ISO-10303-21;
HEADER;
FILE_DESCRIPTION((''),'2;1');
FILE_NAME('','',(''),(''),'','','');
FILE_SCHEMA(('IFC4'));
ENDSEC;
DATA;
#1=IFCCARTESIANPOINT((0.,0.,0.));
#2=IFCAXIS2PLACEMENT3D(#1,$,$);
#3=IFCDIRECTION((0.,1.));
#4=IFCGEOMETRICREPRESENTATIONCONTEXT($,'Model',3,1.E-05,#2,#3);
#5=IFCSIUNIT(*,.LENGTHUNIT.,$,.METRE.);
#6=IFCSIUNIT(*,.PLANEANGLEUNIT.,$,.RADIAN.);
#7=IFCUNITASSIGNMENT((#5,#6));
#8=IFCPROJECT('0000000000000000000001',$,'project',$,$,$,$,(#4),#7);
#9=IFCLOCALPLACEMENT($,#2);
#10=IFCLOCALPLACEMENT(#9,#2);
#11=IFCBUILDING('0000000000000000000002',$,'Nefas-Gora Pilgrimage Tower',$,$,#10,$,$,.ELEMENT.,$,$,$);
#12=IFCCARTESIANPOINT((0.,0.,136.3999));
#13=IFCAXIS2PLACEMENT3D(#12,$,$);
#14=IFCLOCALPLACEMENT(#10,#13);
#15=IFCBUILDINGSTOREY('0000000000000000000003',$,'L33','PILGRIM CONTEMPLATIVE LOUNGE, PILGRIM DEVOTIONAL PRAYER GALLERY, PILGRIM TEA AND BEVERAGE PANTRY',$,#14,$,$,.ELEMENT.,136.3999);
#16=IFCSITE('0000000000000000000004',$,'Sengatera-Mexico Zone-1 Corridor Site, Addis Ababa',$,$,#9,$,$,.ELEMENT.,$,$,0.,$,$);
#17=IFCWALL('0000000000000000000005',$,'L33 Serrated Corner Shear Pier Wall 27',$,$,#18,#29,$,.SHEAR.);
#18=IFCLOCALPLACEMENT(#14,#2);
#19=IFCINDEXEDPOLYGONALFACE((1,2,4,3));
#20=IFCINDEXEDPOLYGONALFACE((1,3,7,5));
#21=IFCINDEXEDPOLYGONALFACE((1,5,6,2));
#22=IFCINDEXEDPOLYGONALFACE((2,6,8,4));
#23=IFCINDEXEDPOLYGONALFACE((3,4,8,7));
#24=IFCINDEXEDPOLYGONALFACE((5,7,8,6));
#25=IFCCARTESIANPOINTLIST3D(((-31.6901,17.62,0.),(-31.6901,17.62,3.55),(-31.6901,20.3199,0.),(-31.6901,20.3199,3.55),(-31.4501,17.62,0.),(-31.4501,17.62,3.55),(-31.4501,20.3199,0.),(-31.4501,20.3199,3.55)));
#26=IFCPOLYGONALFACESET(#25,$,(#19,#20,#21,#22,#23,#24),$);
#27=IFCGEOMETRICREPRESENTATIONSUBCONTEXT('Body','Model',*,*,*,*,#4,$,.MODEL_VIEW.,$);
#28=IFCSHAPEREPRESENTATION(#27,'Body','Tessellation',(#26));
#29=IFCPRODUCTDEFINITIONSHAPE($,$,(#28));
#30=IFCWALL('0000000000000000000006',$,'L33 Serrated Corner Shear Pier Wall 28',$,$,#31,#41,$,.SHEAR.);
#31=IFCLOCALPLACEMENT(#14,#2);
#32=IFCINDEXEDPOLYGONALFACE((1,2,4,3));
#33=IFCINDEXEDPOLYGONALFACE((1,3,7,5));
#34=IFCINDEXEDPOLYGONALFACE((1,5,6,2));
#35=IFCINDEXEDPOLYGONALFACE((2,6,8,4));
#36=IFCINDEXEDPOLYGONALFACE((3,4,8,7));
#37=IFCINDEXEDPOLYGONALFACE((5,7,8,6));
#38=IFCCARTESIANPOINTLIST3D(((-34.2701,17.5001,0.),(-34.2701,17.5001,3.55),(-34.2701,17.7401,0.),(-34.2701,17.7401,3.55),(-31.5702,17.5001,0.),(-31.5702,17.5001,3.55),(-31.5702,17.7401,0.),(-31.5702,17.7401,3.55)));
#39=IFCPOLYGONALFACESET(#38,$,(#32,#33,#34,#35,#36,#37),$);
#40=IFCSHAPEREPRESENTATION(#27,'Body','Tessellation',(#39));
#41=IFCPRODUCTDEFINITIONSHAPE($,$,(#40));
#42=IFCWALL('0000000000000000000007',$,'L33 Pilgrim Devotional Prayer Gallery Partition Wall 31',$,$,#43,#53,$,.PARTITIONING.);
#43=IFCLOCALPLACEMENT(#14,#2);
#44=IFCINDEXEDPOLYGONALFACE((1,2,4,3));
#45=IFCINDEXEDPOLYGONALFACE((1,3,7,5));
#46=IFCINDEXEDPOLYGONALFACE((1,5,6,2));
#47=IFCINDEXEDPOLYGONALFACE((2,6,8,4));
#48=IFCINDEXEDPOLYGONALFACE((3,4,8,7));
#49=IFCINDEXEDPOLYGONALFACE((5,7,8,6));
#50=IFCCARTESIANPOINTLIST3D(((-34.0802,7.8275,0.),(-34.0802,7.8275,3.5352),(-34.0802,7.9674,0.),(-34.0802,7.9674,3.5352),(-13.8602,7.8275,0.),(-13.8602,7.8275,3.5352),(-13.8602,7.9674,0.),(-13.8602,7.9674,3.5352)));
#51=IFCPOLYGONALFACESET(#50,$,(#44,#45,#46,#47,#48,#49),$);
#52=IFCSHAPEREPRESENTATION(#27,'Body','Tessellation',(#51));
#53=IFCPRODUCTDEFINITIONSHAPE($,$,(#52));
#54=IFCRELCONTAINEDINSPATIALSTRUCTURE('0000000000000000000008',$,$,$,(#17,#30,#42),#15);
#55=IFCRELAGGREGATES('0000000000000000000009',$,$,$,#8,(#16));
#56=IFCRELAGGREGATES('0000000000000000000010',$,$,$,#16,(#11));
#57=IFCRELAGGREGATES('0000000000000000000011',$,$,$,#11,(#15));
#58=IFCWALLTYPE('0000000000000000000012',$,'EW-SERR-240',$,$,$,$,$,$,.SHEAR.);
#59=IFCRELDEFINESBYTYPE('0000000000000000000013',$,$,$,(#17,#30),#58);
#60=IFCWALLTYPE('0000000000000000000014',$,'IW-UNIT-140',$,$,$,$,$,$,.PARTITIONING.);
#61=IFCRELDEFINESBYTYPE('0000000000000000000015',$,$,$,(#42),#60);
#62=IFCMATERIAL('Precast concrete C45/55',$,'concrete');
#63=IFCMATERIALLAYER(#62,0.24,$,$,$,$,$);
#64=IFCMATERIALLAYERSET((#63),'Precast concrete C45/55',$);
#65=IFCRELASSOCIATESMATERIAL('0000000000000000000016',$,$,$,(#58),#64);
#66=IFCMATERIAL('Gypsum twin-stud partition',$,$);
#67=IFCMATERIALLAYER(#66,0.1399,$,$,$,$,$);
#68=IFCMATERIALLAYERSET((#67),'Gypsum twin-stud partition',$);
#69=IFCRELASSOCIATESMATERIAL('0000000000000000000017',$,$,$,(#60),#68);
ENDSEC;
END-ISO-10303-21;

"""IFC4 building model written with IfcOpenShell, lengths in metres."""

from ifc_helpers import new_model, si_unit, direction, frame, frame_2d, origin, place, context, subcontext, project, spatial, rectangle, extrude, source, transform, mapped, material, layer, layer_set, type_object, element, save


model = new_model("IFC4")

# Units and contexts
model_context = context("Model", 3, precision=1e-05, world=origin(), true_north=direction((0.0, 1.0)))
body_context = subcontext(model_context, "Body", "Model", "MODEL_VIEW")
ifc_project = project(units=[si_unit("LENGTHUNIT", "METRE"), si_unit("PLANEANGLEUNIT", "RADIAN")], contexts=[model_context])

# Site, building, storey
site_placement = place(None, origin())
site = spatial("IfcSite", under=ifc_project, at=site_placement, Name="Sengatera-Mexico Zone-1 Corridor Site, Addis Ababa", CompositionType="ELEMENT", RefElevation=0.0)
building_placement = place(site_placement, origin())
building = spatial("IfcBuilding", under=site, at=building_placement, Name="Nefas-Gora Pilgrimage Tower", CompositionType="ELEMENT")
storey_placement = place(building_placement, frame((0.0, 0.0, 136.3999)))
storey = spatial("IfcBuildingStorey", under=building, at=storey_placement, Name="L33", Description="PILGRIM CONTEMPLATIVE LOUNGE, PILGRIM DEVOTIONAL PRAYER GALLERY, PILGRIM TEA AND BEVERAGE PANTRY", CompositionType="ELEMENT", Elevation=136.3999)

# Shared definitions
ifc_material_1 = material(Name="Precast concrete C45/55", Category="concrete")
ifc_layer_1 = layer(ifc_material_1, 0.24)
ifc_layer_set_1 = layer_set([ifc_layer_1], Name="Precast concrete C45/55")
wall_type_1 = type_object("IfcWallType", Name="EW-SERR-240", PredefinedType="SHEAR", material=ifc_layer_set_1)

# Shared definitions
shared_shape_1 = source(origin(), body_context, "Body", "SweptSolid", [
    extrude(rectangle(XDim=2.7, YDim=0.24, at=frame_2d((1.3501, 0.0))), origin(), (0.0, 0.0, 1.0), 3.55),
])

# Walls
for number, where, z_axis, x_axis, name in (
    (1, (-31.5701, 20.3201, 0.0), (0.0, 0.0, 1.0), (0.0, -1.0, 0.0), "L33 Serrated Corner Shear Pier Wall 27"),
    (2, (-31.5701, 17.6201, 0.0), (0.0, 0.0, 1.0), (-1.0, 0.0, 0.0), "L33 Serrated Corner Shear Pier Wall 28"),
):
    element("IfcWall", number, at=place(storey_placement, frame(where, z_axis=z_axis, x_axis=x_axis)), inside=storey, type_object=wall_type_1, Name=name, PredefinedType="SHEAR", context=body_context, shape_type="MappedRepresentation", body=[
        mapped(shared_shape_1, transform((0.0, 0.0, 0.0), x_axis=(1.0, 0.0, 0.0), y_axis=(0.0, 1.0, 0.0), z_axis=(0.0, 0.0, 1.0), scale=1.0)),
    ])
ifc_material_2 = material(Name="Gypsum twin-stud partition")
ifc_layer_2 = layer(ifc_material_2, 0.1399)
ifc_layer_set_2 = layer_set([ifc_layer_2], Name="Gypsum twin-stud partition")
wall_type_2 = type_object("IfcWallType", Name="IW-UNIT-140", PredefinedType="PARTITIONING", material=ifc_layer_set_2)
shared_shape_2 = source(origin(), body_context, "Body", "SweptSolid", [
    extrude(rectangle(XDim=20.22, YDim=0.1399, at=frame_2d((10.1099, 0.0))), origin(), (0.0, 0.0, 1.0), 3.5352),
])
wall_1_placement = place(storey_placement, frame((-34.0801, 7.8975, 0.0), z_axis=(0.0, 0.0, 1.0), x_axis=(1.0, 0.0, 0.0)))
element("IfcWall", 3, at=wall_1_placement, inside=storey, type_object=wall_type_2, Name="L33 Pilgrim Devotional Prayer Gallery Partition Wall 31", PredefinedType="PARTITIONING", context=body_context, shape_type="MappedRepresentation", body=[
    mapped(shared_shape_2, transform((0.0, 0.0, 0.0), x_axis=(1.0, 0.0, 0.0), y_axis=(0.0, 1.0, 0.0), z_axis=(0.0, 0.0, 1.0), scale=1.0)),
])

save(model, "model.ifc")
